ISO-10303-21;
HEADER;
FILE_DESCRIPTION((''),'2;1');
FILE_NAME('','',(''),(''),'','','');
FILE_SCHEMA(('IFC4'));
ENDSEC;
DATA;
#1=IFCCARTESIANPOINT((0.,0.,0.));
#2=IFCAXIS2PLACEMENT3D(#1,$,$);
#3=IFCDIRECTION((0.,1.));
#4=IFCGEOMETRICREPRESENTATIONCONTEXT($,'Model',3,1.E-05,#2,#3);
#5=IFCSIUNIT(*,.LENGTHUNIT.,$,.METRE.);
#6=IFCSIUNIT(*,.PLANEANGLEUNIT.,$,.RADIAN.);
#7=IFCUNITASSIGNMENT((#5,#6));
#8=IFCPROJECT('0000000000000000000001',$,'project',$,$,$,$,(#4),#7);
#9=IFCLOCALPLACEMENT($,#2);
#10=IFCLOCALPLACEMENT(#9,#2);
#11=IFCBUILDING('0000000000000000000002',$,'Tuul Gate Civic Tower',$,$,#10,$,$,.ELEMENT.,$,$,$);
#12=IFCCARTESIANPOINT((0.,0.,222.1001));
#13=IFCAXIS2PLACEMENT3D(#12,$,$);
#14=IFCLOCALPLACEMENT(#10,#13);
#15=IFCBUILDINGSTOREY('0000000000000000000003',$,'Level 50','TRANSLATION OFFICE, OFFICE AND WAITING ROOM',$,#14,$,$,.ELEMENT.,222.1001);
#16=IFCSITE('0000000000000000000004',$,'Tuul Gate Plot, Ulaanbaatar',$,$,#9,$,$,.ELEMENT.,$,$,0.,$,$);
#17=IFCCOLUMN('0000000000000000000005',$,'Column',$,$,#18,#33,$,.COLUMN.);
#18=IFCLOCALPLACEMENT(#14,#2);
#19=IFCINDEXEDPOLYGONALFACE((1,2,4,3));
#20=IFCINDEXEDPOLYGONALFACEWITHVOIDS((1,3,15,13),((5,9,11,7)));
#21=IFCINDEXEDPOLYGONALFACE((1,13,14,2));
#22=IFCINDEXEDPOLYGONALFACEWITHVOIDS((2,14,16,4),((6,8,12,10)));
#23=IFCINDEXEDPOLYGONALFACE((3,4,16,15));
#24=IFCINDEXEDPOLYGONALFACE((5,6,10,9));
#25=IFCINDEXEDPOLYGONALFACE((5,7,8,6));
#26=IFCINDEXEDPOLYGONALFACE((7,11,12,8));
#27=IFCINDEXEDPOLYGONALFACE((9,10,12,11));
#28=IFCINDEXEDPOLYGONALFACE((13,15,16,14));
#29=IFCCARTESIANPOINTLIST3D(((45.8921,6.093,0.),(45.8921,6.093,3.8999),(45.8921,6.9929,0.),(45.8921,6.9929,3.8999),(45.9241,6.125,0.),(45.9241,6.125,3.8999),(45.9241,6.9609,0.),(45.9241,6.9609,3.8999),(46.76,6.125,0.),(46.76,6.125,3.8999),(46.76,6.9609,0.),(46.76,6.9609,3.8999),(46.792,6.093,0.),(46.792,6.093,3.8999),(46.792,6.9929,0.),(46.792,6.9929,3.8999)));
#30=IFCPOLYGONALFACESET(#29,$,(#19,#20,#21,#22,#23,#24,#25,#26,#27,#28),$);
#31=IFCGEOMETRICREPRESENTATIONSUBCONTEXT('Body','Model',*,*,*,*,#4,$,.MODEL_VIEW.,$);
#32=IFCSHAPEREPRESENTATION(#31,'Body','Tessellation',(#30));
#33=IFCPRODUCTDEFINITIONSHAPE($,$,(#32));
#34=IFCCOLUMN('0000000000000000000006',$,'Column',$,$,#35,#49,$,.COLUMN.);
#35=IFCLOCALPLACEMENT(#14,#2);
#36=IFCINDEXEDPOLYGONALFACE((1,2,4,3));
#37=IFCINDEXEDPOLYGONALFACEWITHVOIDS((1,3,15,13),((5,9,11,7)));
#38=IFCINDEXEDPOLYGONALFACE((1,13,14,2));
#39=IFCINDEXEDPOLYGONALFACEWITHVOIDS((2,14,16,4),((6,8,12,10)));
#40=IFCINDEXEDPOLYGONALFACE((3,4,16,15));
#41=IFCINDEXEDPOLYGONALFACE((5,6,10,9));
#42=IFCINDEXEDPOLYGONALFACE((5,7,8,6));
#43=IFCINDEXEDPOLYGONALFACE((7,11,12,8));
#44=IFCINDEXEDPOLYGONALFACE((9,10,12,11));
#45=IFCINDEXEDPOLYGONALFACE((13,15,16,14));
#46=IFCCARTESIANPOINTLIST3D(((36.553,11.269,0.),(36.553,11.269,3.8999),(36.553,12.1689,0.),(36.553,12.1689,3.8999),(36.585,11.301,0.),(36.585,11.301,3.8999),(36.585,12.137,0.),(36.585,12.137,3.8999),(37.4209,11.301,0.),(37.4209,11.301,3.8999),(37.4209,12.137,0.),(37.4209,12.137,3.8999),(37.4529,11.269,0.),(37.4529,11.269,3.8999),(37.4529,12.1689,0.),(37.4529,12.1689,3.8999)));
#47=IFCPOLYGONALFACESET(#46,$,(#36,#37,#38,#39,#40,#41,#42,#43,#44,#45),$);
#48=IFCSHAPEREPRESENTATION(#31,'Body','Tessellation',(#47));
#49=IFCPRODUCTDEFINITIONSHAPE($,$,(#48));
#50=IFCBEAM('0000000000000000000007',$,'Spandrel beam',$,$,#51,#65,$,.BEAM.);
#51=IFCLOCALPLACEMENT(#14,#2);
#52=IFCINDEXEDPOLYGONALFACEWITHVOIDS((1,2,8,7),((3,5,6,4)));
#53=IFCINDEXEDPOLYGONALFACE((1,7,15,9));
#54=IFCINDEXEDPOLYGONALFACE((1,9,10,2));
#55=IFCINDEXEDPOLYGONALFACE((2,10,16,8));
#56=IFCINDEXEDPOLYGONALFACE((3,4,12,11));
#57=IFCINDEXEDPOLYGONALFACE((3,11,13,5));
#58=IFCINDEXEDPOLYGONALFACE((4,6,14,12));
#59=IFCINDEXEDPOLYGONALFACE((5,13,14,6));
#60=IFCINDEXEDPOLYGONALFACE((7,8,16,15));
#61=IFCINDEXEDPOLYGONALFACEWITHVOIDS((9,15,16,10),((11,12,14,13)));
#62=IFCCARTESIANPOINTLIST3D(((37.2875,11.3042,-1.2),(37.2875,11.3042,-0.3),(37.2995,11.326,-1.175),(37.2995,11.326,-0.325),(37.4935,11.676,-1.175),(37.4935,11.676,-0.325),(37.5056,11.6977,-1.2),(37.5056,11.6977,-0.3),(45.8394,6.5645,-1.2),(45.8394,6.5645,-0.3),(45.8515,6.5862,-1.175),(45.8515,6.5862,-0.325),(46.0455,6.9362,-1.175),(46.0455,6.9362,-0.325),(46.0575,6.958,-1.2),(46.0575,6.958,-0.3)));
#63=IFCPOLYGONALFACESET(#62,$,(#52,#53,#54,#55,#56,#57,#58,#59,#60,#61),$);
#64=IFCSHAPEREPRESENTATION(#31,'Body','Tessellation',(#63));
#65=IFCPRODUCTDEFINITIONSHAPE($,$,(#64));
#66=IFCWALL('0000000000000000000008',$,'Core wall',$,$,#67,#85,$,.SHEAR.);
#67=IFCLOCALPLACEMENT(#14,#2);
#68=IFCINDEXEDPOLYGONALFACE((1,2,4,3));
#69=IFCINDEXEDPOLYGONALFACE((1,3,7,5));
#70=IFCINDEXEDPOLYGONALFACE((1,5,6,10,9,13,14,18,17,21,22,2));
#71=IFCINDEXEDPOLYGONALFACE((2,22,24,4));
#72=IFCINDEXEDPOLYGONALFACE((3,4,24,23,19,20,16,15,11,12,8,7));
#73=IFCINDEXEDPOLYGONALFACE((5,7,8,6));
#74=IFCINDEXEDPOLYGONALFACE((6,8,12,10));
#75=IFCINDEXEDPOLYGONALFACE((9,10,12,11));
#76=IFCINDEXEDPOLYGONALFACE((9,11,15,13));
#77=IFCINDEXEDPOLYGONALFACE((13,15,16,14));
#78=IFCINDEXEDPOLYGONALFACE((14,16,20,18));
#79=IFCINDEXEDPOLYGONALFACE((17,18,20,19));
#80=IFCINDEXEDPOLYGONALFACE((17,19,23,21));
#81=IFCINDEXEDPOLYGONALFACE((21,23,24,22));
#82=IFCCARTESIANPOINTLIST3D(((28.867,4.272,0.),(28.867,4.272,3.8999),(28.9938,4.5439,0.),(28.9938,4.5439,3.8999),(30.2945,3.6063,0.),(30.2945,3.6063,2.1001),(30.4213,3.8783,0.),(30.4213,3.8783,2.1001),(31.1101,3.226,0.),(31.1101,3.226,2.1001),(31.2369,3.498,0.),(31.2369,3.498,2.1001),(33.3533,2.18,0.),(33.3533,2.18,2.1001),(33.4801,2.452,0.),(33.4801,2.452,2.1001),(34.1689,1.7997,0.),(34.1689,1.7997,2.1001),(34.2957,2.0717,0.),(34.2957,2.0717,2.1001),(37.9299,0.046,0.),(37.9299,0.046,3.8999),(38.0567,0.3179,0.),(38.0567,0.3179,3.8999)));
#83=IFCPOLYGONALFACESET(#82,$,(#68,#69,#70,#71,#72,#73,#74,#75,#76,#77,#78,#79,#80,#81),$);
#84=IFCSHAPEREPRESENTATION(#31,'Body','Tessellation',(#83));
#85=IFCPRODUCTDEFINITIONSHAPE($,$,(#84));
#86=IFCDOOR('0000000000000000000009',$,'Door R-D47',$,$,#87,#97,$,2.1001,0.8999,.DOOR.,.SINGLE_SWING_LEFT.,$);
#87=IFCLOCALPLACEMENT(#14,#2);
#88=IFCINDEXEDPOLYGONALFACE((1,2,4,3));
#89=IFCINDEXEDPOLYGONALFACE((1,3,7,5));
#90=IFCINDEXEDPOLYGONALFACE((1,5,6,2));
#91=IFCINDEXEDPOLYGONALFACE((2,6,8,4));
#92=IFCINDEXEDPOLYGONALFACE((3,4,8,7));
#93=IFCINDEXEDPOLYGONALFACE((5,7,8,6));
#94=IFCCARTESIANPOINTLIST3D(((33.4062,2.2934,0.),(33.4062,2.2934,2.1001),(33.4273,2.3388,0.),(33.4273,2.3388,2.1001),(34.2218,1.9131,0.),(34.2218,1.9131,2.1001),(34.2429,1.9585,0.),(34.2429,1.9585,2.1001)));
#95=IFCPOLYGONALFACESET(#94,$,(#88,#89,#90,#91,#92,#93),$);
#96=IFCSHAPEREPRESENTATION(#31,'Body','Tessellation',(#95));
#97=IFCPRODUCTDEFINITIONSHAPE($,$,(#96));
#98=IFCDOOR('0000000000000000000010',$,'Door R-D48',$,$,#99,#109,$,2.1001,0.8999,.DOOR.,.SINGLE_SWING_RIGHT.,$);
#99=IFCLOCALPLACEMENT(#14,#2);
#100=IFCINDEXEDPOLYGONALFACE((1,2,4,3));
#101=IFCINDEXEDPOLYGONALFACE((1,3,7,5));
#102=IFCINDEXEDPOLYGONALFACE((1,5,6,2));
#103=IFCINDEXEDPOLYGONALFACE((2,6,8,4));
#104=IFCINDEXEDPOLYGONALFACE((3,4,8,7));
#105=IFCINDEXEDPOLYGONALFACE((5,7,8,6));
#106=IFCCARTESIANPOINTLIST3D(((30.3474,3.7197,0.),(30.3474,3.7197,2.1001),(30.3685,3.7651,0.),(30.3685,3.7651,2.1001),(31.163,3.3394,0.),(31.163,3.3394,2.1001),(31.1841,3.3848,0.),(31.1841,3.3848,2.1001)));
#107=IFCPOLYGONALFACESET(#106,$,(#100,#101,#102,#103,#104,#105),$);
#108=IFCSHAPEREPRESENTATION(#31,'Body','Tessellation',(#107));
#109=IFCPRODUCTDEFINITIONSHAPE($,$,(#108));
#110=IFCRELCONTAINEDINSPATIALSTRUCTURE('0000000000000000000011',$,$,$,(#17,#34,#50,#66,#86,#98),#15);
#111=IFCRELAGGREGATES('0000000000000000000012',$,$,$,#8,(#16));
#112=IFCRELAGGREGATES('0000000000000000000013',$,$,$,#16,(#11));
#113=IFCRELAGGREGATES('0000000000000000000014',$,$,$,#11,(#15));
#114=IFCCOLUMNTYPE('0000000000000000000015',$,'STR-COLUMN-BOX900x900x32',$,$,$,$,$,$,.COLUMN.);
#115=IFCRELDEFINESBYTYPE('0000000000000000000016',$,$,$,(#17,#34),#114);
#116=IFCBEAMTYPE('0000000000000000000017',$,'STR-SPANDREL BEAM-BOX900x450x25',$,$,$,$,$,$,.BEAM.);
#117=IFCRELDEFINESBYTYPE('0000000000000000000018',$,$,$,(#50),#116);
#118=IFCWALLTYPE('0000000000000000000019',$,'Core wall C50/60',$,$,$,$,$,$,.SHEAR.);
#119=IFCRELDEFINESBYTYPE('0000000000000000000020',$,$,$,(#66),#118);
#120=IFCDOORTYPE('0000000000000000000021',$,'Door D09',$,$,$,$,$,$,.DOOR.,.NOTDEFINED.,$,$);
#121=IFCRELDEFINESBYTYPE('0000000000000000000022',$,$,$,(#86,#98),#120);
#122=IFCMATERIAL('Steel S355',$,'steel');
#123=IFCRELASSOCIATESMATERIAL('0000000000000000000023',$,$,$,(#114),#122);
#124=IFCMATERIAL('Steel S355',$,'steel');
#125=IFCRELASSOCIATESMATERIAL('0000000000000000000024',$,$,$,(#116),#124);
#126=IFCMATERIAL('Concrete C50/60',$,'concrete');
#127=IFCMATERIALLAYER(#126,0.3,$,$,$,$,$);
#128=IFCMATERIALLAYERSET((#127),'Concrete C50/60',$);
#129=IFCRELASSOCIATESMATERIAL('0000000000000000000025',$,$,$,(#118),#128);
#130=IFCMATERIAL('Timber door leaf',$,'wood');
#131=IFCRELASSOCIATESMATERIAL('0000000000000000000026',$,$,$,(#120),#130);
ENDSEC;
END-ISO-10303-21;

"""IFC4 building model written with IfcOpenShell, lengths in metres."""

from ifc_helpers import new_model, si_unit, direction, frame, frame_2d, origin, origin_2d, place, context, subcontext, project, spatial, rectangle, hollow_rectangle, extrude, material, layer, layer_set, material_profile, profile_set, type_object, element, fill, save


model = new_model("IFC4")

# Units and contexts
model_context = context("Model", 3, precision=1e-05, world=origin(), true_north=direction((0.0, 1.0)))
body_context = subcontext(model_context, "Body", "Model", "MODEL_VIEW")
ifc_project = project(units=[si_unit("LENGTHUNIT", "METRE"), si_unit("PLANEANGLEUNIT", "RADIAN")], contexts=[model_context])

# Site, building, storey
site_placement = place(None, origin())
site = spatial("IfcSite", under=ifc_project, at=site_placement, Name="Tuul Gate Plot, Ulaanbaatar", CompositionType="ELEMENT", RefElevation=0.0)
building_placement = place(site_placement, origin())
building = spatial("IfcBuilding", under=site, at=building_placement, Name="Tuul Gate Civic Tower", CompositionType="ELEMENT")
storey_placement = place(building_placement, frame((0.0, 0.0, 222.1001)))
storey = spatial("IfcBuildingStorey", under=building, at=storey_placement, Name="Level 50", Description="TRANSLATION OFFICE, OFFICE AND WAITING ROOM", CompositionType="ELEMENT", Elevation=222.1001)

# Columns
ifc_material_1 = material(Name="Steel S355", Category="steel")
ifc_material_profile_1 = material_profile(ifc_material_1, hollow_rectangle(XDim=0.8999, YDim=0.8999, WallThickness=0.032, at=origin_2d()), Name="BOX900x900x32")
ifc_profile_set_1 = profile_set([ifc_material_profile_1], Name="Steel S355")
column_type = type_object("IfcColumnType", Name="STR-COLUMN-BOX900x900x32", PredefinedType="COLUMN", material=ifc_profile_set_1)
for number, where, z_axis, x_axis, name in (
    (1, (46.342, 6.543, 0.0), (0.0, 0.0, 1.0), (1.0, 0.0, 0.0), "Column"),
    (2, (37.0029, 11.719, 0.0), (0.0, 0.0, 1.0), (1.0, 0.0, 0.0), "Column"),
):
    element("IfcColumn", number, at=place(storey_placement, frame(where, z_axis=z_axis, x_axis=x_axis)), inside=storey, type_object=column_type, Name=name, PredefinedType="COLUMN", context=body_context, shape_type="SweptSolid", body=[
        extrude(hollow_rectangle(XDim=0.8999, YDim=0.8999, WallThickness=0.032, at=origin_2d()), origin(), (0.0, 0.0, 1.0), 3.8999),
    ])

# Beam
ifc_material_2 = material(Name="Steel S355", Category="steel")
ifc_material_profile_2 = material_profile(ifc_material_2, hollow_rectangle(XDim=0.45, YDim=0.8999, WallThickness=0.0249, at=origin_2d()), Name="BOX900x450x25")
ifc_profile_set_2 = profile_set([ifc_material_profile_2], Name="Steel S355")
beam_type = type_object("IfcBeamType", Name="STR-SPANDREL BEAM-BOX900x450x25", PredefinedType="BEAM", material=ifc_profile_set_2)
beam_placement = place(storey_placement, frame((45.9485, 6.7612, -0.75), z_axis=(-0.87465, 0.484754, 0.0), x_axis=(-0.484754, -0.87465, 0.0)))
element("IfcBeam", 3, at=beam_placement, inside=storey, type_object=beam_type, Name="Spandrel beam", PredefinedType="BEAM", context=body_context, shape_type="SweptSolid", body=[
    extrude(hollow_rectangle(XDim=0.45, YDim=0.8999, WallThickness=0.0249, at=origin_2d()), origin(), (0.0, 0.0, 1.0), 9.7776),
])

# Wall, openings, doors
ifc_material_3 = material(Name="Concrete C50/60", Category="concrete")
ifc_layer_1 = layer(ifc_material_3, 0.3)
ifc_layer_set_1 = layer_set([ifc_layer_1], Name="Concrete C50/60")
wall_type_1 = type_object("IfcWallType", Name="Core wall C50/60", PredefinedType="SHEAR", material=ifc_layer_set_1)
wall_1_placement = place(storey_placement, frame((37.9934, 0.1819, 0.0), z_axis=(0.0, 0.0, 1.0), x_axis=(-0.90631, 0.422613, 0.0)))
wall_1 = element("IfcWall", 4, at=wall_1_placement, inside=storey, type_object=wall_type_1, Name="Core wall", PredefinedType="SHEAR", context=body_context, shape_type="SweptSolid", body=[
    extrude(rectangle(XDim=9.9998, YDim=0.3, at=frame_2d((5.0, 0.0))), origin(), (0.0, 0.0, 1.0), 3.8999),
])
opening_1_placement = place(wall_1_placement, frame((4.1499, 0.0, 0.0)))
opening_1 = element("IfcOpeningElement", 5, at=opening_1_placement, cuts=wall_1, PredefinedType="OPENING", context=body_context, shape_type="SweptSolid", body=[
    extrude(rectangle(XDim=0.8999, YDim=2.1001, at=frame_2d((0.45, 1.05))), frame((0.0, 0.1602, 0.0), z_axis=(0.0, -1.0, 0.0), x_axis=(1.0, 0.0, 0.0)), (0.0, 0.0, 1.0), 0.3201),
])
opening_2_placement = place(wall_1_placement, frame((7.5249, 0.0, 0.0)))
opening_2 = element("IfcOpeningElement", 6, at=opening_2_placement, cuts=wall_1, PredefinedType="OPENING", context=body_context, shape_type="SweptSolid", body=[
    extrude(rectangle(XDim=0.8999, YDim=2.1001, at=frame_2d((0.45, 1.05))), frame((0.0, 0.1602, 0.0), z_axis=(0.0, -1.0, 0.0), x_axis=(1.0, 0.0, 0.0)), (0.0, 0.0, 1.0), 0.3201),
])
ifc_material_4 = material(Name="Timber door leaf", Category="wood")
door_type = type_object("IfcDoorType", Name="Door D09", OperationType="NOTDEFINED", PredefinedType="DOOR", material=ifc_material_4)
door_1_placement = place(opening_1_placement, origin())
door_1 = element("IfcDoor", 7, at=door_1_placement, inside=storey, type_object=door_type, Name="Door R-D47", OperationType="SINGLE_SWING_LEFT", OverallHeight=2.1001, OverallWidth=0.8999, PredefinedType="DOOR", context=body_context, shape_type="SweptSolid", body=[
    extrude(rectangle(XDim=0.8999, YDim=2.1001, at=frame_2d((0.45, 1.05))), frame((0.0, 0.0249, 0.0), z_axis=(0.0, -1.0, 0.0), x_axis=(1.0, 0.0, 0.0)), (0.0, 0.0, 1.0), 0.05),
])
fill(opening_1, door_1)
door_2_placement = place(opening_2_placement, origin())
door_2 = element("IfcDoor", 8, at=door_2_placement, inside=storey, type_object=door_type, Name="Door R-D48", OperationType="SINGLE_SWING_RIGHT", OverallHeight=2.1001, OverallWidth=0.8999, PredefinedType="DOOR", context=body_context, shape_type="SweptSolid", body=[
    extrude(rectangle(XDim=0.8999, YDim=2.1001, at=frame_2d((0.45, 1.05))), frame((0.0, 0.0249, 0.0), z_axis=(0.0, -1.0, 0.0), x_axis=(1.0, 0.0, 0.0)), (0.0, 0.0, 1.0), 0.05),
])
fill(opening_2, door_2)

save(model, "model.ifc")
